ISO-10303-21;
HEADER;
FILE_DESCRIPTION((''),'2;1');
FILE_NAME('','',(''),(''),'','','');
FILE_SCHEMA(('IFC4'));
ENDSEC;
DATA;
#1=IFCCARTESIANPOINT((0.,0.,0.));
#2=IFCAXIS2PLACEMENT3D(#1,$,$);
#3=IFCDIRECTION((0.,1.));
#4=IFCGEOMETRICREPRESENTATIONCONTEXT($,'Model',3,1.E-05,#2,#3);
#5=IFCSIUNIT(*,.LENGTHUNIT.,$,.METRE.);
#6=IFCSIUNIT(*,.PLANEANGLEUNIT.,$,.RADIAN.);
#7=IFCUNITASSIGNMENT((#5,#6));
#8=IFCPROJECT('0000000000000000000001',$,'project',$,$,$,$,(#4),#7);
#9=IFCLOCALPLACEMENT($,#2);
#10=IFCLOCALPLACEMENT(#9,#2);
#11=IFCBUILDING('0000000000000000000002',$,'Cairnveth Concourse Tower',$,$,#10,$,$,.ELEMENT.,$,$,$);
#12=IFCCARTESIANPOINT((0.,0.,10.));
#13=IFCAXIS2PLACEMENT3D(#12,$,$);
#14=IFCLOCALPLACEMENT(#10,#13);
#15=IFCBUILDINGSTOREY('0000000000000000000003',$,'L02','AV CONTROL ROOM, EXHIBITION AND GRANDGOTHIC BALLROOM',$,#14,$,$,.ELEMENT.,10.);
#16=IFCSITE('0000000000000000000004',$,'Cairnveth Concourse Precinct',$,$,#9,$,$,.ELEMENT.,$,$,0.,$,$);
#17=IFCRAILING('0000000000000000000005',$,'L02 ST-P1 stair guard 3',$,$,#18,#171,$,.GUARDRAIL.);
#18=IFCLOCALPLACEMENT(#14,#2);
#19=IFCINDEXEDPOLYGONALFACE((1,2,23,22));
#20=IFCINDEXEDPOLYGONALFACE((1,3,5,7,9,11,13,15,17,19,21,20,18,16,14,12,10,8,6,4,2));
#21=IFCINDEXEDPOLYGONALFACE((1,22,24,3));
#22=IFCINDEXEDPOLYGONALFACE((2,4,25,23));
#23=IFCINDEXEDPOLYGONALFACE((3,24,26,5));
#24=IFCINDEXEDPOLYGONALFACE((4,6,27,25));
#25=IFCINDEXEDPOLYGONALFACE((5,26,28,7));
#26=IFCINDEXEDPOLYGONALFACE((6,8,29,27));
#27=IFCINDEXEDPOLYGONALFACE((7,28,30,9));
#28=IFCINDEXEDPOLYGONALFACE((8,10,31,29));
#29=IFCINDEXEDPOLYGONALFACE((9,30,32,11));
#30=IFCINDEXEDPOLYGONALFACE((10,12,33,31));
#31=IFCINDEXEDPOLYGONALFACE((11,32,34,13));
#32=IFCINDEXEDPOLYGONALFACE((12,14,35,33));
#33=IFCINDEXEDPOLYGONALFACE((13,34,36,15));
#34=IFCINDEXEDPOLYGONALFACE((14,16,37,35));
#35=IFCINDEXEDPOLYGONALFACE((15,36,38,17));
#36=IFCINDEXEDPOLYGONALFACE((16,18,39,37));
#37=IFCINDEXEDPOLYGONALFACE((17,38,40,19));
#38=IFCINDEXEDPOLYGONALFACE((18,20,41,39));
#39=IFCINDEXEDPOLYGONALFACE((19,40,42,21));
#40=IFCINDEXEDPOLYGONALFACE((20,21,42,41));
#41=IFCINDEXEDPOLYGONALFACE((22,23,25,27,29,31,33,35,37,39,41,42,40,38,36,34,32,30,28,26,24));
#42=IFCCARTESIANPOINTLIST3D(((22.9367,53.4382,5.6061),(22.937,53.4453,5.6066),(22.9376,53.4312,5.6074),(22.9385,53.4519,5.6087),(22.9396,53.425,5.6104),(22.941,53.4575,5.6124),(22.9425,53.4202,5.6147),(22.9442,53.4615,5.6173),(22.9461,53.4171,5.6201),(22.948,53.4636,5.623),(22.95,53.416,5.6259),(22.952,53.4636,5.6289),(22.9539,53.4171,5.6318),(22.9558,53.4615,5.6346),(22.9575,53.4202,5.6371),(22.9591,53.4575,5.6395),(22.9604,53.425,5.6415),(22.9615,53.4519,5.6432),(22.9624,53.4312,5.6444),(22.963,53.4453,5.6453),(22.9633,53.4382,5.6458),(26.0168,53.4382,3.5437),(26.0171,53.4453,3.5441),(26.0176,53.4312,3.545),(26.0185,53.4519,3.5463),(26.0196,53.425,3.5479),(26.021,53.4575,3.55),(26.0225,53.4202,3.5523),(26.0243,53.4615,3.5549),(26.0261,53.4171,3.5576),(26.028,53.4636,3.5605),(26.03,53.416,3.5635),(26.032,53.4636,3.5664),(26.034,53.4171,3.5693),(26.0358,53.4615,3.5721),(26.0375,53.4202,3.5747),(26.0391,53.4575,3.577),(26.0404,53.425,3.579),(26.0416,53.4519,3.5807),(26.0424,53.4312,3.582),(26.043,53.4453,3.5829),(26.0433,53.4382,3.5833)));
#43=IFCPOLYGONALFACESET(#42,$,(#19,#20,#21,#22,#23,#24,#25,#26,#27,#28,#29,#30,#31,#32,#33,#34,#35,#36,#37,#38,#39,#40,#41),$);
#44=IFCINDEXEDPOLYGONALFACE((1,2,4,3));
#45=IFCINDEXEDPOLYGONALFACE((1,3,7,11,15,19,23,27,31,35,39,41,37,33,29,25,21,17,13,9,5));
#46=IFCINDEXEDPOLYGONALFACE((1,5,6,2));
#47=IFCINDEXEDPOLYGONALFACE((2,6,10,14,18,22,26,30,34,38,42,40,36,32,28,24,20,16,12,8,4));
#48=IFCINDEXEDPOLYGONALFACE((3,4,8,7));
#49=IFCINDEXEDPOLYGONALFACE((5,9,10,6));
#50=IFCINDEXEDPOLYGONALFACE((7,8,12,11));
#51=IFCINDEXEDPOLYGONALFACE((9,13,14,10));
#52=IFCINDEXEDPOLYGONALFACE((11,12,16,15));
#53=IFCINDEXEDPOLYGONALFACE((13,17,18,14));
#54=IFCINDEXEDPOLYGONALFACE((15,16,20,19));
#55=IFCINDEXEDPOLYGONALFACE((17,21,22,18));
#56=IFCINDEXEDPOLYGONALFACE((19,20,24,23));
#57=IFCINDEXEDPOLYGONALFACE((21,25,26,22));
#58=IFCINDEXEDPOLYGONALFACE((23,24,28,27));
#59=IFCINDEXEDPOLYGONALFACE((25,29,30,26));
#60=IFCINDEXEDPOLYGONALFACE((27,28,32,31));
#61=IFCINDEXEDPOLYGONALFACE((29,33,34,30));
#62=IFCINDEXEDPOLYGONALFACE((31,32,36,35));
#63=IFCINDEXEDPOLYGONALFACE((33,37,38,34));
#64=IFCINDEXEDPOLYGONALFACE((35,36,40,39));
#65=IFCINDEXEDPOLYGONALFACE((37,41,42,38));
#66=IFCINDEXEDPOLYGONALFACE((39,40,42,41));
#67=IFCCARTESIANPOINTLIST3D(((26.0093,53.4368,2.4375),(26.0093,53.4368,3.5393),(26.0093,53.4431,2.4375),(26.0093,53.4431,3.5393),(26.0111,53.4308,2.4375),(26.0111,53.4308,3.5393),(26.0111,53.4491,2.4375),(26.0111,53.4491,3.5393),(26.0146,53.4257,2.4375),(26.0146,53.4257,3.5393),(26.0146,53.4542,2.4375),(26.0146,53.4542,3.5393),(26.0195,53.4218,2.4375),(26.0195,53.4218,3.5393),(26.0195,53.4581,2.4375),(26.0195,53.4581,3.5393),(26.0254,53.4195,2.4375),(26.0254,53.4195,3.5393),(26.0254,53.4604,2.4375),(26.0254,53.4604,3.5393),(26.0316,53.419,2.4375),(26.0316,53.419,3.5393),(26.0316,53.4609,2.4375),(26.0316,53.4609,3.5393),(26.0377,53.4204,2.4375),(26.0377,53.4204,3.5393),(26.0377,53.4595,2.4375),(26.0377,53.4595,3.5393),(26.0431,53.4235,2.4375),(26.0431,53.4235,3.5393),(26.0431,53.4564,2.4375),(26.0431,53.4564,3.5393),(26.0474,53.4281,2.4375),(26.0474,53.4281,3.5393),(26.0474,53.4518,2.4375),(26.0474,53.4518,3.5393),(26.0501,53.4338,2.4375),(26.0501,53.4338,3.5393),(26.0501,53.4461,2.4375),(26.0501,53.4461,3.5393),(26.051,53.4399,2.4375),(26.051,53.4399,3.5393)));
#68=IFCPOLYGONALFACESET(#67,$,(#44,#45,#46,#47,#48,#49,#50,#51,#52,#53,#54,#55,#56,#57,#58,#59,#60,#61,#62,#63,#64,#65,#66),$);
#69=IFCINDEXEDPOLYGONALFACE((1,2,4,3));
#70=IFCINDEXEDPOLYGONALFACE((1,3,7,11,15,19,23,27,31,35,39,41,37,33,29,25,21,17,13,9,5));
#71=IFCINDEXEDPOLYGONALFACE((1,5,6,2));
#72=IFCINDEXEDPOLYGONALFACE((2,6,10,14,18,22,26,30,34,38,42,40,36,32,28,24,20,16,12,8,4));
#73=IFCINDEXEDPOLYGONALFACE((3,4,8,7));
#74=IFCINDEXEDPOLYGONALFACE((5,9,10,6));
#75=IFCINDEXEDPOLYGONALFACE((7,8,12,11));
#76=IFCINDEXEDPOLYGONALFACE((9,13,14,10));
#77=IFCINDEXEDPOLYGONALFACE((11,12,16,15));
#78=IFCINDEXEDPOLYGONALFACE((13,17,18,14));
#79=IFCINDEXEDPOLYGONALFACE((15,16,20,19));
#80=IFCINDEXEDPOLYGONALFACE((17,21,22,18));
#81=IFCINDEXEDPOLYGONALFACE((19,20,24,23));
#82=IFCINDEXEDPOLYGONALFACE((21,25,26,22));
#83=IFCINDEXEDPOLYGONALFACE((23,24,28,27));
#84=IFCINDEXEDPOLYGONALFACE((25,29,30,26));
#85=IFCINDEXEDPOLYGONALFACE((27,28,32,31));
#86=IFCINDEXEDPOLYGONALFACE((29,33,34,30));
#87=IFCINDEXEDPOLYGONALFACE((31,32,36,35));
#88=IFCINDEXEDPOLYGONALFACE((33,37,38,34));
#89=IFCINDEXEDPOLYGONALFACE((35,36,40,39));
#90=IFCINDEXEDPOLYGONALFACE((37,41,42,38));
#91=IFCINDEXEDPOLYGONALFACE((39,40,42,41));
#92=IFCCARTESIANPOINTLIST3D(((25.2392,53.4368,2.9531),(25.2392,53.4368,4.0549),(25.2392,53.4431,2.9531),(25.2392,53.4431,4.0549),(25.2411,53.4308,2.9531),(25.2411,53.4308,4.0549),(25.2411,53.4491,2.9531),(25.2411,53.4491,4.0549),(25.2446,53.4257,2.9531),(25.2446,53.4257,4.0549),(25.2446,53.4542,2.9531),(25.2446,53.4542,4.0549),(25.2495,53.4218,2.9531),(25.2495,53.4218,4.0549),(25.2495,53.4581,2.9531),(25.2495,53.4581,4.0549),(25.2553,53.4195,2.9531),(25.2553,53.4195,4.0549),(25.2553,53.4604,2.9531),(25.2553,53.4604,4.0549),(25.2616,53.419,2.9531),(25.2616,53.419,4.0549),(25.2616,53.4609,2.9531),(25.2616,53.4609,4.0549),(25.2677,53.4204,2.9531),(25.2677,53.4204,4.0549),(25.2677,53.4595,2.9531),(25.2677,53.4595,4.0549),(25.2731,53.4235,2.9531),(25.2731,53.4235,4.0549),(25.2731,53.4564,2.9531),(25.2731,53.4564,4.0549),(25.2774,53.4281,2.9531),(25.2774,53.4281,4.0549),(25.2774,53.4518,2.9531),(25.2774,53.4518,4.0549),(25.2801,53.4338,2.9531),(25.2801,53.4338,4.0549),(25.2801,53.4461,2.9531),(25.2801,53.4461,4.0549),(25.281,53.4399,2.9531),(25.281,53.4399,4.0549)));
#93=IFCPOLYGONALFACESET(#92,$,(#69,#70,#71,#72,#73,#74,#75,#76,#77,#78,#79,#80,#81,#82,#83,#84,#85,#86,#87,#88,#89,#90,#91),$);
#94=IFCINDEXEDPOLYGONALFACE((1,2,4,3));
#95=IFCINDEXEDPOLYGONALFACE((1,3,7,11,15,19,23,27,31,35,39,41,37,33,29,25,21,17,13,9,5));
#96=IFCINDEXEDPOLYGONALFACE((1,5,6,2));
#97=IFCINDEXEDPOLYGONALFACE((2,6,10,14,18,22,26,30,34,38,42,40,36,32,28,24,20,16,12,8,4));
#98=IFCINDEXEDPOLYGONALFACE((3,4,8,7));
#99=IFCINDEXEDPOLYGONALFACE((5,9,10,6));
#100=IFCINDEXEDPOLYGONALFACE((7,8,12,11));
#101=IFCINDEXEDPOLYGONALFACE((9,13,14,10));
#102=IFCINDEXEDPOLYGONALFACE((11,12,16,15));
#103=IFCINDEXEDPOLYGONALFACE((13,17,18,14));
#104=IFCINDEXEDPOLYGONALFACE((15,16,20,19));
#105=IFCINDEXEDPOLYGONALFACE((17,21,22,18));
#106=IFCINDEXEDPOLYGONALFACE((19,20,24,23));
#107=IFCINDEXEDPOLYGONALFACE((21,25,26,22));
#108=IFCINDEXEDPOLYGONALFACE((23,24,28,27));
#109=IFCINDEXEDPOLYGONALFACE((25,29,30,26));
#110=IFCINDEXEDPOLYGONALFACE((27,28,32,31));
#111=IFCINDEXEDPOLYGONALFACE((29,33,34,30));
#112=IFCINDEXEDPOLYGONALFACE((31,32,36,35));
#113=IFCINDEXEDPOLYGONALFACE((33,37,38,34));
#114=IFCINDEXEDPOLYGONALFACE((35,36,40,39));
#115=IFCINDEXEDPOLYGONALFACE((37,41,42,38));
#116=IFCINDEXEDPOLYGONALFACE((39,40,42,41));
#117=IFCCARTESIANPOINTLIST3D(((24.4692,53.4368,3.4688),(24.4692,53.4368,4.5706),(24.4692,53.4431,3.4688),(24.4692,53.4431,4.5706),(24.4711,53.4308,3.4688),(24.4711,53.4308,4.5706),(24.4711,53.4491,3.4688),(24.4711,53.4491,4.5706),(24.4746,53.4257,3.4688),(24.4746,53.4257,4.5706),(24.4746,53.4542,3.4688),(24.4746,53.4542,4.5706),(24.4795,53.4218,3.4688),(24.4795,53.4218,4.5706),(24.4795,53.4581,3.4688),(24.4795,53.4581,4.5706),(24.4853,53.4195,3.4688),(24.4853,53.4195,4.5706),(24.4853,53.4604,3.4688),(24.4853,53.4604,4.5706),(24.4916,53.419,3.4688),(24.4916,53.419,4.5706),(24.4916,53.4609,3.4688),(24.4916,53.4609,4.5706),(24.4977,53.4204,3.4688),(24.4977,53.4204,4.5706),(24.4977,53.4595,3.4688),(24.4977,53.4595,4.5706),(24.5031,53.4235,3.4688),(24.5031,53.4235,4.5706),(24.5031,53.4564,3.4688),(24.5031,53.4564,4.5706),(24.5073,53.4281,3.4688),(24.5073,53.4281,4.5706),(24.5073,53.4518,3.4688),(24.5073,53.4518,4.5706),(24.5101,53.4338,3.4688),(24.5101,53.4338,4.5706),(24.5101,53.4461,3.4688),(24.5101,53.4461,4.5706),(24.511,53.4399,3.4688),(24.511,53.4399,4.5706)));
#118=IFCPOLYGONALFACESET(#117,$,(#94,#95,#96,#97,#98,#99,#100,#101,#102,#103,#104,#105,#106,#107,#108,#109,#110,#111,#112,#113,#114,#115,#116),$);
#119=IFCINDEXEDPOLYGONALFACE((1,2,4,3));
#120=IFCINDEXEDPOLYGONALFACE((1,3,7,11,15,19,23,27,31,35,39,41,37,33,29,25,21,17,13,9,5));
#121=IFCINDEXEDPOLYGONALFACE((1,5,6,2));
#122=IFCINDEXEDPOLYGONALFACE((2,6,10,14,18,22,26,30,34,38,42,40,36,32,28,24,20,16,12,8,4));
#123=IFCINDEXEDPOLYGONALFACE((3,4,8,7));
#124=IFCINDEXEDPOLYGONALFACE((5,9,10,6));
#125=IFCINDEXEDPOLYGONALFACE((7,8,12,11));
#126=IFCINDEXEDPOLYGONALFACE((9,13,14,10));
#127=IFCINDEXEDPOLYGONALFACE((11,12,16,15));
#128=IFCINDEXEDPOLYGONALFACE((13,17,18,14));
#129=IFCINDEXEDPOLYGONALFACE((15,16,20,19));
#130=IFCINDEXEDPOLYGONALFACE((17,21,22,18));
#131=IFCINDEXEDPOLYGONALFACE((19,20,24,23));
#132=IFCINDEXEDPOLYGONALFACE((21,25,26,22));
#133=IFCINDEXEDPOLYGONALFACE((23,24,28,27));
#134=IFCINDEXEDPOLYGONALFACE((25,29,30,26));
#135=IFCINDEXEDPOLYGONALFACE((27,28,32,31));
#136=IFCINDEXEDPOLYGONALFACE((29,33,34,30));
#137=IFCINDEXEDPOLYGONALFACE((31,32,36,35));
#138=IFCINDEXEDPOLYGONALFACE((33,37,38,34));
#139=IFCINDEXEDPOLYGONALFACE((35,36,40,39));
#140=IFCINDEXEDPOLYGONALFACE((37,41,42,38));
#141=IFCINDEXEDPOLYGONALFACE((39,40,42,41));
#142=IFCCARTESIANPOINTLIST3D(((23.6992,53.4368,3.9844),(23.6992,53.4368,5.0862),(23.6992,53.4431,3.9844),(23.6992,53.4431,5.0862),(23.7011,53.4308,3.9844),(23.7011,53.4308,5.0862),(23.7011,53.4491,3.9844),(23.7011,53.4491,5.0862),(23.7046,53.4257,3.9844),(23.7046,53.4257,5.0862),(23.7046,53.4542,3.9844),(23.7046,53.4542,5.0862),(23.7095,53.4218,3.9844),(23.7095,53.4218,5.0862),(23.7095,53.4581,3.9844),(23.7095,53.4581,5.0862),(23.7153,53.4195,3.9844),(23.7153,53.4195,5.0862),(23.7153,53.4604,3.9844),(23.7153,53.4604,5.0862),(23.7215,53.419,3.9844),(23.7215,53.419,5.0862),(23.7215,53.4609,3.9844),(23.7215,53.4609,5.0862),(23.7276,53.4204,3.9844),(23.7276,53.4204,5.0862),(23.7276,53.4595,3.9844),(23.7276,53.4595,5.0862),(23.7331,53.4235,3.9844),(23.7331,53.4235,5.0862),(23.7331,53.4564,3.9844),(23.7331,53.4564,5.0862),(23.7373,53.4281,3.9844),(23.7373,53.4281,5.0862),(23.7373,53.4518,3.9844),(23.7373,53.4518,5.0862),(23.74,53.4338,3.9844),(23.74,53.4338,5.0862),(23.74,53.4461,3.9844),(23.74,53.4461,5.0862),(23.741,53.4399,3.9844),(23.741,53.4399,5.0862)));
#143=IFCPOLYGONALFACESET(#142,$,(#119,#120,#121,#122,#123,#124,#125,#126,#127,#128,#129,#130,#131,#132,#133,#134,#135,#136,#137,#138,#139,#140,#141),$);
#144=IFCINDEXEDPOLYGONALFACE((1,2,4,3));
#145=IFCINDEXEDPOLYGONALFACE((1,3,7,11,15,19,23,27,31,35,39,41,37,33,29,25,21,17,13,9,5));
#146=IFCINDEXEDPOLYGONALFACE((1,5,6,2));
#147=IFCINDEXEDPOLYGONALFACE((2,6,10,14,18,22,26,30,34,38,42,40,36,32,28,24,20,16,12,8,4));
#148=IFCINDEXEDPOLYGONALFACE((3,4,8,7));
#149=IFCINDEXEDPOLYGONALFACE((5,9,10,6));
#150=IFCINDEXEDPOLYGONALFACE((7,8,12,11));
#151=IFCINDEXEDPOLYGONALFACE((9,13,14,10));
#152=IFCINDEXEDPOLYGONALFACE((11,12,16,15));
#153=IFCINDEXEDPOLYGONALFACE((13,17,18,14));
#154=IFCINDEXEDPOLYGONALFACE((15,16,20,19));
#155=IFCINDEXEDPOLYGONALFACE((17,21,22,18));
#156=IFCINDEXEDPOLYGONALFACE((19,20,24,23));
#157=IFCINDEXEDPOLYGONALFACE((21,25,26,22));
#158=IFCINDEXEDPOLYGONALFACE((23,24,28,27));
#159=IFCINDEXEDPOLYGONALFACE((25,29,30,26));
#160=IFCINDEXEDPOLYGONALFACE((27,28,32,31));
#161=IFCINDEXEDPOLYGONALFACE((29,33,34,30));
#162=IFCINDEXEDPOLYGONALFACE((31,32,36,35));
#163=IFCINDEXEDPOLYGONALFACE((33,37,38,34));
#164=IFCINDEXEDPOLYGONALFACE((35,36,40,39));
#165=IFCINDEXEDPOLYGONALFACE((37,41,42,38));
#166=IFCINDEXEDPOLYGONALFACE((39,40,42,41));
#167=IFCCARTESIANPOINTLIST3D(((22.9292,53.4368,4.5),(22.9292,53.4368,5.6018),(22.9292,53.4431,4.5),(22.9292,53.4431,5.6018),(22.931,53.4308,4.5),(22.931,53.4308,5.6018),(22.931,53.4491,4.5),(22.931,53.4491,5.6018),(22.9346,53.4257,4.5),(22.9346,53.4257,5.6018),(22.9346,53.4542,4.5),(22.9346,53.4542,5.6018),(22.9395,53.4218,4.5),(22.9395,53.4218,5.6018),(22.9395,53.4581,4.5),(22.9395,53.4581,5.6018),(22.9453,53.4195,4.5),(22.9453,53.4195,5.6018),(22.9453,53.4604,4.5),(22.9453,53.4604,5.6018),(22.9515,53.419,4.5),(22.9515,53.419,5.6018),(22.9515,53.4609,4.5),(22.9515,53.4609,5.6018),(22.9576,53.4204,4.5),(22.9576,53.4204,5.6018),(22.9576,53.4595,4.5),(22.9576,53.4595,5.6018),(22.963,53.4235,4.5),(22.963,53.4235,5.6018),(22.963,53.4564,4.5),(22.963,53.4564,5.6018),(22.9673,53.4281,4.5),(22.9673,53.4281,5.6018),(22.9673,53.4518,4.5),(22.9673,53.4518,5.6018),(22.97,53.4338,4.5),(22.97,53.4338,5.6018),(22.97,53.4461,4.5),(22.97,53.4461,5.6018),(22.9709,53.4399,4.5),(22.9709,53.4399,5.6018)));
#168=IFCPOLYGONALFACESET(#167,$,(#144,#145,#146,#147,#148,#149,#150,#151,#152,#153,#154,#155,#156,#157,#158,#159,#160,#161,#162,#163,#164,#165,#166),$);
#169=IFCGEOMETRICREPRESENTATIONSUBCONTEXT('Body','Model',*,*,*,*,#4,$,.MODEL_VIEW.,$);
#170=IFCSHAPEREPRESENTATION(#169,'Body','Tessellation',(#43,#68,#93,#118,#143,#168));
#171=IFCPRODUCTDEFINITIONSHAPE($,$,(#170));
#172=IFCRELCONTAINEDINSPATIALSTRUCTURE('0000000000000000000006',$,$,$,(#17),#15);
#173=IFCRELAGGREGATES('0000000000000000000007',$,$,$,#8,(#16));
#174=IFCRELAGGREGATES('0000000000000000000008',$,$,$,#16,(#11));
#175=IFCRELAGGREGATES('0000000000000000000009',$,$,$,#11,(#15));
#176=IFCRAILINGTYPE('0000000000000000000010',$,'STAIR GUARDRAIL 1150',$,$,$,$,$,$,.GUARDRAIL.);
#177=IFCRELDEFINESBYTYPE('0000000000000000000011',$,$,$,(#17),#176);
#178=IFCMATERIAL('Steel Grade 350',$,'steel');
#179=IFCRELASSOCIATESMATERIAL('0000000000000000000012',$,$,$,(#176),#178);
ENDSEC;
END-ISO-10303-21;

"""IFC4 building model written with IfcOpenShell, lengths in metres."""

from ifc_helpers import new_model, si_unit, direction, frame, origin, origin_2d, place, context, subcontext, project, spatial, circle, extrude, material, type_object, element, save


model = new_model("IFC4")

# Units and contexts
model_context = context("Model", 3, precision=1e-05, world=origin(), true_north=direction((0.0, 1.0)))
body_context = subcontext(model_context, "Body", "Model", "MODEL_VIEW")
ifc_project = project(units=[si_unit("LENGTHUNIT", "METRE"), si_unit("PLANEANGLEUNIT", "RADIAN")], contexts=[model_context])

# Site, building, storey
site_placement = place(None, origin())
site = spatial("IfcSite", under=ifc_project, at=site_placement, Name="Cairnveth Concourse Precinct", CompositionType="ELEMENT", RefElevation=0.0)
building_placement = place(site_placement, origin())
building = spatial("IfcBuilding", under=site, at=building_placement, Name="Cairnveth Concourse Tower", CompositionType="ELEMENT")
storey_placement = place(building_placement, frame((0.0, 0.0, 10.0)))
storey = spatial("IfcBuildingStorey", under=building, at=storey_placement, Name="L02", Description="AV CONTROL ROOM, EXHIBITION AND GRANDGOTHIC BALLROOM", CompositionType="ELEMENT", Elevation=10.0)

# Shared definitions
ifc_material_1 = material(Name="Steel Grade 350", Category="steel")

# Railing
railing_type_1 = type_object("IfcRailingType", Name="STAIR GUARDRAIL 1150", PredefinedType="GUARDRAIL", material=ifc_material_1)
railing_1_placement = place(storey_placement, frame((26.03, 53.4399, 2.4375)))
element("IfcRailing", 1, at=railing_1_placement, inside=storey, type_object=railing_type_1, Name="L02 ST-P1 stair guard 3", PredefinedType="GUARDRAIL", context=body_context, shape_type="SweptSolid", body=[
    extrude(circle(Radius=0.0239, at=origin_2d()), frame((0.0, 0.0, 1.126), z_axis=(-0.830914, 0.0, 0.556401), x_axis=(0.0, -1.0, 0.0)), (0.0, 0.0, 1.0), 3.7068),
    extrude(circle(Radius=0.021, at=origin_2d()), origin(), (0.0, 0.0, 1.0), 1.1018),
    extrude(circle(Radius=0.021, at=origin_2d()), frame((-0.77, 0.0, 0.5156)), (0.0, 0.0, 1.0), 1.1018),
    extrude(circle(Radius=0.021, at=origin_2d()), frame((-1.54, 0.0, 1.0312)), (0.0, 0.0, 1.0), 1.1018),
    extrude(circle(Radius=0.021, at=origin_2d()), frame((-2.3101, 0.0, 1.5469)), (0.0, 0.0, 1.0), 1.1018),
    extrude(circle(Radius=0.021, at=origin_2d()), frame((-3.0801, 0.0, 2.0625)), (0.0, 0.0, 1.0), 1.1018),
])

save(model, "model.ifc")
